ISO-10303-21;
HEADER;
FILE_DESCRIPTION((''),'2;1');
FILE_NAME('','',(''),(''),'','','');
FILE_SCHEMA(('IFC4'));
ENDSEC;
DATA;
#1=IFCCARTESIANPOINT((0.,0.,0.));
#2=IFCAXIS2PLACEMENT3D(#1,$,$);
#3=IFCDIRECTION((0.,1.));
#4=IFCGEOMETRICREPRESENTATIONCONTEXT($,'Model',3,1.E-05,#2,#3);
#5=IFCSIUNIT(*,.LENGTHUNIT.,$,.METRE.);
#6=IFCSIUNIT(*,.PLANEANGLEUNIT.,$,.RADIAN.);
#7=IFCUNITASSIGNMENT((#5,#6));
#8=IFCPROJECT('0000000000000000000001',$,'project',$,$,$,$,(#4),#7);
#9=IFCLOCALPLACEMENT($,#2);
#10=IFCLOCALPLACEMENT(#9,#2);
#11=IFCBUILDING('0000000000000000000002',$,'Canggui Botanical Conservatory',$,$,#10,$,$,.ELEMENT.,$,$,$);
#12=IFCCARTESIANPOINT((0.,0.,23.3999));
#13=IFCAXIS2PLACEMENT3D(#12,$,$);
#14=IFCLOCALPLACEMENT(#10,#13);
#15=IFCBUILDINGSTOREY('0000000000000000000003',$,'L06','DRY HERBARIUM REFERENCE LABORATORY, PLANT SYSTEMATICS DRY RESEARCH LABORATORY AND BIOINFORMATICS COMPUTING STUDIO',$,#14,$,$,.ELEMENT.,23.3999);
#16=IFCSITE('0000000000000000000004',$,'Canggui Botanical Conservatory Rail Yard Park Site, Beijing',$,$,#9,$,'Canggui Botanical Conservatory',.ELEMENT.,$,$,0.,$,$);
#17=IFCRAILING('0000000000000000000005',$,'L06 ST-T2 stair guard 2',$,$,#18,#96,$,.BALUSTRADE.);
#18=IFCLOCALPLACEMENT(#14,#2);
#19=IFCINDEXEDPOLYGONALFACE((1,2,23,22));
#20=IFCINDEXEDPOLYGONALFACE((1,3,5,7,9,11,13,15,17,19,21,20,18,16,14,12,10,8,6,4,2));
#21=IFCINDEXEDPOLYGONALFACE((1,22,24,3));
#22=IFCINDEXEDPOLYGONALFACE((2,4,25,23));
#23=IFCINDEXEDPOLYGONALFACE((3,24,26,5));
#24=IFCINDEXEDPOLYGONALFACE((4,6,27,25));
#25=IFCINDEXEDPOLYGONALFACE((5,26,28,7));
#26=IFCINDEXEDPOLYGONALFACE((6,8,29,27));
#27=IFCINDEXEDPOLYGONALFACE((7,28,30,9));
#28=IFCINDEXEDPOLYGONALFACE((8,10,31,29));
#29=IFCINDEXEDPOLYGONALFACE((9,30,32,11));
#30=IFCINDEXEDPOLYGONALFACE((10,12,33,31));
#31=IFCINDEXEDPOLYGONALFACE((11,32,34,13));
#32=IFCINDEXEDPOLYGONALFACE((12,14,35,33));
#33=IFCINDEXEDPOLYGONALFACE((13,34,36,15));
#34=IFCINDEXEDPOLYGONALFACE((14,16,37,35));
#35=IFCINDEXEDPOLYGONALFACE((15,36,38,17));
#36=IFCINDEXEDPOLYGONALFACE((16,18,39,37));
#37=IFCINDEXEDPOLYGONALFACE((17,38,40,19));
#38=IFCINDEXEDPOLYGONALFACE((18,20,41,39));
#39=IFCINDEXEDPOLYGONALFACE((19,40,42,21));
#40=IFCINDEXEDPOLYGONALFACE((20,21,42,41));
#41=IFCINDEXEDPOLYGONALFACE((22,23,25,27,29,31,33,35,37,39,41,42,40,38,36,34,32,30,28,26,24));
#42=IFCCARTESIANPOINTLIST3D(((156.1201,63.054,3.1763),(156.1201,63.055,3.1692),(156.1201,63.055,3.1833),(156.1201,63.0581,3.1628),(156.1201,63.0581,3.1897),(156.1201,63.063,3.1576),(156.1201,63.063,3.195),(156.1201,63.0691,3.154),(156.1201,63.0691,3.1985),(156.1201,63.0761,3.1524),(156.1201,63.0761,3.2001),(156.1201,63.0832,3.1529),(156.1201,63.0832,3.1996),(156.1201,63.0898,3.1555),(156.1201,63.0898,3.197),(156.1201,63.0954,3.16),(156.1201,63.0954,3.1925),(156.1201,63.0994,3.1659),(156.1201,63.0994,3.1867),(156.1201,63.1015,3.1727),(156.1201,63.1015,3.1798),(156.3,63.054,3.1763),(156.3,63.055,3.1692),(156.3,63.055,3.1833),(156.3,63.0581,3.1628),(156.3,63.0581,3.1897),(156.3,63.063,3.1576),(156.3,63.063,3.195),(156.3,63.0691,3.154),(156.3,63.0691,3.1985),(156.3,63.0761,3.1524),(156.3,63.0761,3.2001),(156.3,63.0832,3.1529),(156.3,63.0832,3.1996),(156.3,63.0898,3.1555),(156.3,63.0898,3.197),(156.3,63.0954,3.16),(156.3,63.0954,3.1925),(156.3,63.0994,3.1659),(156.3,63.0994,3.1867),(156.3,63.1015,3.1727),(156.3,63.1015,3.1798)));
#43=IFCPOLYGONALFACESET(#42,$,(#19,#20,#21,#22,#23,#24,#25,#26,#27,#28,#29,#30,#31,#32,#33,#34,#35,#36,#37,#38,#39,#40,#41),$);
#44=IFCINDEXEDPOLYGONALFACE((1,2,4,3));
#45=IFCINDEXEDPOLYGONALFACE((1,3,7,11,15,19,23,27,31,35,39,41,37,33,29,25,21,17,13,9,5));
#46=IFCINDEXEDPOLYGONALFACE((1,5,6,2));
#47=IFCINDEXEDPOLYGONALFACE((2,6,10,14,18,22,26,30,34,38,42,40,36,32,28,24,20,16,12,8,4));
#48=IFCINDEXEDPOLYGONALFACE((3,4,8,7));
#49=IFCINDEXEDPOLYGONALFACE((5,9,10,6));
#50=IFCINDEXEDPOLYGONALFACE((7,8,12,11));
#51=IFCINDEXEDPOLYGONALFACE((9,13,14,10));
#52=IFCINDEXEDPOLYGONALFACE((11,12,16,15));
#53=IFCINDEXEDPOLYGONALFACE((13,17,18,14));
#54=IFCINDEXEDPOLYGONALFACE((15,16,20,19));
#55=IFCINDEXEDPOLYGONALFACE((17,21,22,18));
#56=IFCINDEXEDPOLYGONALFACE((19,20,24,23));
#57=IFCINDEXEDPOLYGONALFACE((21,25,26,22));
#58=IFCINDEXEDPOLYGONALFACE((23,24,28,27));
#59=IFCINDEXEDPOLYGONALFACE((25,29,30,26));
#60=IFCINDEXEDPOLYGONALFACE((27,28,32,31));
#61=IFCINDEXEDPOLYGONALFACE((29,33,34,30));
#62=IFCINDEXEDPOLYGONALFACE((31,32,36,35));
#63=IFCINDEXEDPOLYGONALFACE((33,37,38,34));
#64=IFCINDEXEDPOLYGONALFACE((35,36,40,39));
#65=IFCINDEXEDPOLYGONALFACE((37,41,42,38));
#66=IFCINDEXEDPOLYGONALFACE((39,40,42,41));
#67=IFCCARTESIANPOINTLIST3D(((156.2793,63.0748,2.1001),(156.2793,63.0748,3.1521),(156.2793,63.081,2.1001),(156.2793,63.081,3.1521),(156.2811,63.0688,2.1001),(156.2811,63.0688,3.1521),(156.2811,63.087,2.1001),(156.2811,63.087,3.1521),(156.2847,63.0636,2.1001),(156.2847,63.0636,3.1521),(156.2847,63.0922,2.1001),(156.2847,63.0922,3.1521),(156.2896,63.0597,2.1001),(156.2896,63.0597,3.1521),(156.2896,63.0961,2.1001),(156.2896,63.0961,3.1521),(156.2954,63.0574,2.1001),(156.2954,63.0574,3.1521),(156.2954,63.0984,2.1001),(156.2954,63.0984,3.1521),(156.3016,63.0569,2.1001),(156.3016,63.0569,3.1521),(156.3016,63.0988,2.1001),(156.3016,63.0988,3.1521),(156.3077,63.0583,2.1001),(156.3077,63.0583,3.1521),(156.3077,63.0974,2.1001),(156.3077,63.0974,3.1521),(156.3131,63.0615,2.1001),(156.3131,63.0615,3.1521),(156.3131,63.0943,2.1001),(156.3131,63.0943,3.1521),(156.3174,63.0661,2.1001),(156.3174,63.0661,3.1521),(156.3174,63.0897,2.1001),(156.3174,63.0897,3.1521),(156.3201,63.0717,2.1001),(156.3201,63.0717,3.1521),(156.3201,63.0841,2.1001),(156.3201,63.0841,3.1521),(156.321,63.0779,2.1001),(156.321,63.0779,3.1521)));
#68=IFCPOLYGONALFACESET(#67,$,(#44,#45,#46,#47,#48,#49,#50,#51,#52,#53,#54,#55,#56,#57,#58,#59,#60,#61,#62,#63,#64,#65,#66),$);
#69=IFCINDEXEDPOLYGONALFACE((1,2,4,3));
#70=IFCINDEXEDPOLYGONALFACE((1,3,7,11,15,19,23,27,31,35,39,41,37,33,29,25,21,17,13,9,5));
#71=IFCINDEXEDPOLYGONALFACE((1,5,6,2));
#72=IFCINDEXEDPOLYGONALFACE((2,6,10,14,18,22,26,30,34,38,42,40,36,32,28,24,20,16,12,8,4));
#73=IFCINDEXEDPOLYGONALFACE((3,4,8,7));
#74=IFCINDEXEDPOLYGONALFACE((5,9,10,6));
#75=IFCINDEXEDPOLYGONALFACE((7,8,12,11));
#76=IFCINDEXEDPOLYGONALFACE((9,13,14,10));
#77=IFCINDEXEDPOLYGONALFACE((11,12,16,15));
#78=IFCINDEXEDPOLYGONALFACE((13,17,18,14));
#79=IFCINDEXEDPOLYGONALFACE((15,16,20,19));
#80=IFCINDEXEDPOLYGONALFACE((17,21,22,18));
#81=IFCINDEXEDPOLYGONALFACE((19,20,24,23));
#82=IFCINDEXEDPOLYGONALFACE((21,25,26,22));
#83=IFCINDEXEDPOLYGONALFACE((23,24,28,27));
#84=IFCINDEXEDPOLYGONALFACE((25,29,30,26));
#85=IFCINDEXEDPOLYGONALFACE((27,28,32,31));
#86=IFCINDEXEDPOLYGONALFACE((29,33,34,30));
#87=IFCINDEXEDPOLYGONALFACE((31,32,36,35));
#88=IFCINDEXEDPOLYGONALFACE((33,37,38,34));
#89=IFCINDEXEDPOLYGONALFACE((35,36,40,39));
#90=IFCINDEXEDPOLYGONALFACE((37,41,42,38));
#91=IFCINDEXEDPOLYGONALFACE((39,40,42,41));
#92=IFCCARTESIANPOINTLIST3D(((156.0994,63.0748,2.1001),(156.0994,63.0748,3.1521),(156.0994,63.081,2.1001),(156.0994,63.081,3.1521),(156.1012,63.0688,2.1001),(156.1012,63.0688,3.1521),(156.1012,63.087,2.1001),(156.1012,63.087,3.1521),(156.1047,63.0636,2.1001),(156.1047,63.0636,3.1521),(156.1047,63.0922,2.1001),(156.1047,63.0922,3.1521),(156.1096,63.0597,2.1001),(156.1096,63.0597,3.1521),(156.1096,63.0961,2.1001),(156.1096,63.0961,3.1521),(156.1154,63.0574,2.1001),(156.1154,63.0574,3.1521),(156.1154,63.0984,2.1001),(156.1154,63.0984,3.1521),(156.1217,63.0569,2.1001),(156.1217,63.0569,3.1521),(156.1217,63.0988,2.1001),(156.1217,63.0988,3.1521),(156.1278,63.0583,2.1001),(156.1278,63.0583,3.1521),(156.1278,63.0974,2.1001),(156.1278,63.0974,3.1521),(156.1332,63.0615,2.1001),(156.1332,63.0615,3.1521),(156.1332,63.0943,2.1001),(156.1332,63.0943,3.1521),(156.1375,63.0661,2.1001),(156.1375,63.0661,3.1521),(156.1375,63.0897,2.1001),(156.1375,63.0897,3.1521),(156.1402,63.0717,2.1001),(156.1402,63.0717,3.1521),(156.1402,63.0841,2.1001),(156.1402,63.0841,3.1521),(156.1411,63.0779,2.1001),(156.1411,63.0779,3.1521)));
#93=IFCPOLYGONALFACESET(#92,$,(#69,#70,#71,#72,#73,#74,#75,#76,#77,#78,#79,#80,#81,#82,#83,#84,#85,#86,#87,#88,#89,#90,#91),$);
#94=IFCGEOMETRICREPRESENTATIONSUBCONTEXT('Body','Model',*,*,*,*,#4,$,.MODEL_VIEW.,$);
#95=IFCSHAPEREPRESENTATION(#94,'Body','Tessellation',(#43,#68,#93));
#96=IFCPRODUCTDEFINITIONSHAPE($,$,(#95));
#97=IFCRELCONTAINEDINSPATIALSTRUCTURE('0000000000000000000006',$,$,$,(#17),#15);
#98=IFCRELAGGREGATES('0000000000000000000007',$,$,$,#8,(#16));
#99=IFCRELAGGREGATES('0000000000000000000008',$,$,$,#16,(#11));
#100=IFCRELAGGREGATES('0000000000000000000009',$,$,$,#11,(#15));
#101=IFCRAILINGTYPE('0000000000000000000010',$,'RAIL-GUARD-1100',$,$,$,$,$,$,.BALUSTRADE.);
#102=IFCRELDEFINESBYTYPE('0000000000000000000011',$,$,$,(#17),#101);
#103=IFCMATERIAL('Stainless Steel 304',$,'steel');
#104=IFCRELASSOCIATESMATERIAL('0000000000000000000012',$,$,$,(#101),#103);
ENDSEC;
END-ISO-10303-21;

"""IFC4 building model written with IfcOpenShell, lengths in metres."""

from ifc_helpers import new_model, si_unit, direction, frame, origin, origin_2d, place, context, subcontext, project, spatial, circle, extrude, material, type_object, element, save


model = new_model("IFC4")

# Units and contexts
model_context = context("Model", 3, precision=1e-05, world=origin(), true_north=direction((0.0, 1.0)))
body_context = subcontext(model_context, "Body", "Model", "MODEL_VIEW")
ifc_project = project(units=[si_unit("LENGTHUNIT", "METRE"), si_unit("PLANEANGLEUNIT", "RADIAN")], contexts=[model_context])

# Site, building, storey
site_placement = place(None, origin())
site = spatial("IfcSite", under=ifc_project, at=site_placement, Name="Canggui Botanical Conservatory Rail Yard Park Site, Beijing", LongName="Canggui Botanical Conservatory", CompositionType="ELEMENT", RefElevation=0.0)
building_placement = place(site_placement, origin())
building = spatial("IfcBuilding", under=site, at=building_placement, Name="Canggui Botanical Conservatory", CompositionType="ELEMENT")
storey_placement = place(building_placement, frame((0.0, 0.0, 23.3999)))
storey = spatial("IfcBuildingStorey", under=building, at=storey_placement, Name="L06", Description="DRY HERBARIUM REFERENCE LABORATORY, PLANT SYSTEMATICS DRY RESEARCH LABORATORY AND BIOINFORMATICS COMPUTING STUDIO", CompositionType="ELEMENT", Elevation=23.3999)

# Railing
ifc_material_1 = material(Name="Stainless Steel 304", Category="steel")
railing_type_1 = type_object("IfcRailingType", Name="RAIL-GUARD-1100", PredefinedType="BALUSTRADE", material=ifc_material_1)
railing_1_placement = place(storey_placement, frame((156.3, 63.0779, 2.1001)))
element("IfcRailing", 1, at=railing_1_placement, inside=storey, type_object=railing_type_1, Name="L06 ST-T2 stair guard 2", PredefinedType="BALUSTRADE", context=body_context, shape_type="SweptSolid", body=[
    extrude(circle(Radius=0.0239, at=origin_2d()), frame((0.0, 0.0, 1.0762), z_axis=(-1.0, 0.0, 0.0), x_axis=(0.0, -1.0, 0.0)), (0.0, 0.0, 1.0), 0.1799),
    extrude(circle(Radius=0.021, at=origin_2d()), origin(), (0.0, 0.0, 1.0), 1.052),
    extrude(circle(Radius=0.021, at=origin_2d()), frame((-0.1799, 0.0, 0.0)), (0.0, 0.0, 1.0), 1.052),
])

save(model, "model.ifc")
